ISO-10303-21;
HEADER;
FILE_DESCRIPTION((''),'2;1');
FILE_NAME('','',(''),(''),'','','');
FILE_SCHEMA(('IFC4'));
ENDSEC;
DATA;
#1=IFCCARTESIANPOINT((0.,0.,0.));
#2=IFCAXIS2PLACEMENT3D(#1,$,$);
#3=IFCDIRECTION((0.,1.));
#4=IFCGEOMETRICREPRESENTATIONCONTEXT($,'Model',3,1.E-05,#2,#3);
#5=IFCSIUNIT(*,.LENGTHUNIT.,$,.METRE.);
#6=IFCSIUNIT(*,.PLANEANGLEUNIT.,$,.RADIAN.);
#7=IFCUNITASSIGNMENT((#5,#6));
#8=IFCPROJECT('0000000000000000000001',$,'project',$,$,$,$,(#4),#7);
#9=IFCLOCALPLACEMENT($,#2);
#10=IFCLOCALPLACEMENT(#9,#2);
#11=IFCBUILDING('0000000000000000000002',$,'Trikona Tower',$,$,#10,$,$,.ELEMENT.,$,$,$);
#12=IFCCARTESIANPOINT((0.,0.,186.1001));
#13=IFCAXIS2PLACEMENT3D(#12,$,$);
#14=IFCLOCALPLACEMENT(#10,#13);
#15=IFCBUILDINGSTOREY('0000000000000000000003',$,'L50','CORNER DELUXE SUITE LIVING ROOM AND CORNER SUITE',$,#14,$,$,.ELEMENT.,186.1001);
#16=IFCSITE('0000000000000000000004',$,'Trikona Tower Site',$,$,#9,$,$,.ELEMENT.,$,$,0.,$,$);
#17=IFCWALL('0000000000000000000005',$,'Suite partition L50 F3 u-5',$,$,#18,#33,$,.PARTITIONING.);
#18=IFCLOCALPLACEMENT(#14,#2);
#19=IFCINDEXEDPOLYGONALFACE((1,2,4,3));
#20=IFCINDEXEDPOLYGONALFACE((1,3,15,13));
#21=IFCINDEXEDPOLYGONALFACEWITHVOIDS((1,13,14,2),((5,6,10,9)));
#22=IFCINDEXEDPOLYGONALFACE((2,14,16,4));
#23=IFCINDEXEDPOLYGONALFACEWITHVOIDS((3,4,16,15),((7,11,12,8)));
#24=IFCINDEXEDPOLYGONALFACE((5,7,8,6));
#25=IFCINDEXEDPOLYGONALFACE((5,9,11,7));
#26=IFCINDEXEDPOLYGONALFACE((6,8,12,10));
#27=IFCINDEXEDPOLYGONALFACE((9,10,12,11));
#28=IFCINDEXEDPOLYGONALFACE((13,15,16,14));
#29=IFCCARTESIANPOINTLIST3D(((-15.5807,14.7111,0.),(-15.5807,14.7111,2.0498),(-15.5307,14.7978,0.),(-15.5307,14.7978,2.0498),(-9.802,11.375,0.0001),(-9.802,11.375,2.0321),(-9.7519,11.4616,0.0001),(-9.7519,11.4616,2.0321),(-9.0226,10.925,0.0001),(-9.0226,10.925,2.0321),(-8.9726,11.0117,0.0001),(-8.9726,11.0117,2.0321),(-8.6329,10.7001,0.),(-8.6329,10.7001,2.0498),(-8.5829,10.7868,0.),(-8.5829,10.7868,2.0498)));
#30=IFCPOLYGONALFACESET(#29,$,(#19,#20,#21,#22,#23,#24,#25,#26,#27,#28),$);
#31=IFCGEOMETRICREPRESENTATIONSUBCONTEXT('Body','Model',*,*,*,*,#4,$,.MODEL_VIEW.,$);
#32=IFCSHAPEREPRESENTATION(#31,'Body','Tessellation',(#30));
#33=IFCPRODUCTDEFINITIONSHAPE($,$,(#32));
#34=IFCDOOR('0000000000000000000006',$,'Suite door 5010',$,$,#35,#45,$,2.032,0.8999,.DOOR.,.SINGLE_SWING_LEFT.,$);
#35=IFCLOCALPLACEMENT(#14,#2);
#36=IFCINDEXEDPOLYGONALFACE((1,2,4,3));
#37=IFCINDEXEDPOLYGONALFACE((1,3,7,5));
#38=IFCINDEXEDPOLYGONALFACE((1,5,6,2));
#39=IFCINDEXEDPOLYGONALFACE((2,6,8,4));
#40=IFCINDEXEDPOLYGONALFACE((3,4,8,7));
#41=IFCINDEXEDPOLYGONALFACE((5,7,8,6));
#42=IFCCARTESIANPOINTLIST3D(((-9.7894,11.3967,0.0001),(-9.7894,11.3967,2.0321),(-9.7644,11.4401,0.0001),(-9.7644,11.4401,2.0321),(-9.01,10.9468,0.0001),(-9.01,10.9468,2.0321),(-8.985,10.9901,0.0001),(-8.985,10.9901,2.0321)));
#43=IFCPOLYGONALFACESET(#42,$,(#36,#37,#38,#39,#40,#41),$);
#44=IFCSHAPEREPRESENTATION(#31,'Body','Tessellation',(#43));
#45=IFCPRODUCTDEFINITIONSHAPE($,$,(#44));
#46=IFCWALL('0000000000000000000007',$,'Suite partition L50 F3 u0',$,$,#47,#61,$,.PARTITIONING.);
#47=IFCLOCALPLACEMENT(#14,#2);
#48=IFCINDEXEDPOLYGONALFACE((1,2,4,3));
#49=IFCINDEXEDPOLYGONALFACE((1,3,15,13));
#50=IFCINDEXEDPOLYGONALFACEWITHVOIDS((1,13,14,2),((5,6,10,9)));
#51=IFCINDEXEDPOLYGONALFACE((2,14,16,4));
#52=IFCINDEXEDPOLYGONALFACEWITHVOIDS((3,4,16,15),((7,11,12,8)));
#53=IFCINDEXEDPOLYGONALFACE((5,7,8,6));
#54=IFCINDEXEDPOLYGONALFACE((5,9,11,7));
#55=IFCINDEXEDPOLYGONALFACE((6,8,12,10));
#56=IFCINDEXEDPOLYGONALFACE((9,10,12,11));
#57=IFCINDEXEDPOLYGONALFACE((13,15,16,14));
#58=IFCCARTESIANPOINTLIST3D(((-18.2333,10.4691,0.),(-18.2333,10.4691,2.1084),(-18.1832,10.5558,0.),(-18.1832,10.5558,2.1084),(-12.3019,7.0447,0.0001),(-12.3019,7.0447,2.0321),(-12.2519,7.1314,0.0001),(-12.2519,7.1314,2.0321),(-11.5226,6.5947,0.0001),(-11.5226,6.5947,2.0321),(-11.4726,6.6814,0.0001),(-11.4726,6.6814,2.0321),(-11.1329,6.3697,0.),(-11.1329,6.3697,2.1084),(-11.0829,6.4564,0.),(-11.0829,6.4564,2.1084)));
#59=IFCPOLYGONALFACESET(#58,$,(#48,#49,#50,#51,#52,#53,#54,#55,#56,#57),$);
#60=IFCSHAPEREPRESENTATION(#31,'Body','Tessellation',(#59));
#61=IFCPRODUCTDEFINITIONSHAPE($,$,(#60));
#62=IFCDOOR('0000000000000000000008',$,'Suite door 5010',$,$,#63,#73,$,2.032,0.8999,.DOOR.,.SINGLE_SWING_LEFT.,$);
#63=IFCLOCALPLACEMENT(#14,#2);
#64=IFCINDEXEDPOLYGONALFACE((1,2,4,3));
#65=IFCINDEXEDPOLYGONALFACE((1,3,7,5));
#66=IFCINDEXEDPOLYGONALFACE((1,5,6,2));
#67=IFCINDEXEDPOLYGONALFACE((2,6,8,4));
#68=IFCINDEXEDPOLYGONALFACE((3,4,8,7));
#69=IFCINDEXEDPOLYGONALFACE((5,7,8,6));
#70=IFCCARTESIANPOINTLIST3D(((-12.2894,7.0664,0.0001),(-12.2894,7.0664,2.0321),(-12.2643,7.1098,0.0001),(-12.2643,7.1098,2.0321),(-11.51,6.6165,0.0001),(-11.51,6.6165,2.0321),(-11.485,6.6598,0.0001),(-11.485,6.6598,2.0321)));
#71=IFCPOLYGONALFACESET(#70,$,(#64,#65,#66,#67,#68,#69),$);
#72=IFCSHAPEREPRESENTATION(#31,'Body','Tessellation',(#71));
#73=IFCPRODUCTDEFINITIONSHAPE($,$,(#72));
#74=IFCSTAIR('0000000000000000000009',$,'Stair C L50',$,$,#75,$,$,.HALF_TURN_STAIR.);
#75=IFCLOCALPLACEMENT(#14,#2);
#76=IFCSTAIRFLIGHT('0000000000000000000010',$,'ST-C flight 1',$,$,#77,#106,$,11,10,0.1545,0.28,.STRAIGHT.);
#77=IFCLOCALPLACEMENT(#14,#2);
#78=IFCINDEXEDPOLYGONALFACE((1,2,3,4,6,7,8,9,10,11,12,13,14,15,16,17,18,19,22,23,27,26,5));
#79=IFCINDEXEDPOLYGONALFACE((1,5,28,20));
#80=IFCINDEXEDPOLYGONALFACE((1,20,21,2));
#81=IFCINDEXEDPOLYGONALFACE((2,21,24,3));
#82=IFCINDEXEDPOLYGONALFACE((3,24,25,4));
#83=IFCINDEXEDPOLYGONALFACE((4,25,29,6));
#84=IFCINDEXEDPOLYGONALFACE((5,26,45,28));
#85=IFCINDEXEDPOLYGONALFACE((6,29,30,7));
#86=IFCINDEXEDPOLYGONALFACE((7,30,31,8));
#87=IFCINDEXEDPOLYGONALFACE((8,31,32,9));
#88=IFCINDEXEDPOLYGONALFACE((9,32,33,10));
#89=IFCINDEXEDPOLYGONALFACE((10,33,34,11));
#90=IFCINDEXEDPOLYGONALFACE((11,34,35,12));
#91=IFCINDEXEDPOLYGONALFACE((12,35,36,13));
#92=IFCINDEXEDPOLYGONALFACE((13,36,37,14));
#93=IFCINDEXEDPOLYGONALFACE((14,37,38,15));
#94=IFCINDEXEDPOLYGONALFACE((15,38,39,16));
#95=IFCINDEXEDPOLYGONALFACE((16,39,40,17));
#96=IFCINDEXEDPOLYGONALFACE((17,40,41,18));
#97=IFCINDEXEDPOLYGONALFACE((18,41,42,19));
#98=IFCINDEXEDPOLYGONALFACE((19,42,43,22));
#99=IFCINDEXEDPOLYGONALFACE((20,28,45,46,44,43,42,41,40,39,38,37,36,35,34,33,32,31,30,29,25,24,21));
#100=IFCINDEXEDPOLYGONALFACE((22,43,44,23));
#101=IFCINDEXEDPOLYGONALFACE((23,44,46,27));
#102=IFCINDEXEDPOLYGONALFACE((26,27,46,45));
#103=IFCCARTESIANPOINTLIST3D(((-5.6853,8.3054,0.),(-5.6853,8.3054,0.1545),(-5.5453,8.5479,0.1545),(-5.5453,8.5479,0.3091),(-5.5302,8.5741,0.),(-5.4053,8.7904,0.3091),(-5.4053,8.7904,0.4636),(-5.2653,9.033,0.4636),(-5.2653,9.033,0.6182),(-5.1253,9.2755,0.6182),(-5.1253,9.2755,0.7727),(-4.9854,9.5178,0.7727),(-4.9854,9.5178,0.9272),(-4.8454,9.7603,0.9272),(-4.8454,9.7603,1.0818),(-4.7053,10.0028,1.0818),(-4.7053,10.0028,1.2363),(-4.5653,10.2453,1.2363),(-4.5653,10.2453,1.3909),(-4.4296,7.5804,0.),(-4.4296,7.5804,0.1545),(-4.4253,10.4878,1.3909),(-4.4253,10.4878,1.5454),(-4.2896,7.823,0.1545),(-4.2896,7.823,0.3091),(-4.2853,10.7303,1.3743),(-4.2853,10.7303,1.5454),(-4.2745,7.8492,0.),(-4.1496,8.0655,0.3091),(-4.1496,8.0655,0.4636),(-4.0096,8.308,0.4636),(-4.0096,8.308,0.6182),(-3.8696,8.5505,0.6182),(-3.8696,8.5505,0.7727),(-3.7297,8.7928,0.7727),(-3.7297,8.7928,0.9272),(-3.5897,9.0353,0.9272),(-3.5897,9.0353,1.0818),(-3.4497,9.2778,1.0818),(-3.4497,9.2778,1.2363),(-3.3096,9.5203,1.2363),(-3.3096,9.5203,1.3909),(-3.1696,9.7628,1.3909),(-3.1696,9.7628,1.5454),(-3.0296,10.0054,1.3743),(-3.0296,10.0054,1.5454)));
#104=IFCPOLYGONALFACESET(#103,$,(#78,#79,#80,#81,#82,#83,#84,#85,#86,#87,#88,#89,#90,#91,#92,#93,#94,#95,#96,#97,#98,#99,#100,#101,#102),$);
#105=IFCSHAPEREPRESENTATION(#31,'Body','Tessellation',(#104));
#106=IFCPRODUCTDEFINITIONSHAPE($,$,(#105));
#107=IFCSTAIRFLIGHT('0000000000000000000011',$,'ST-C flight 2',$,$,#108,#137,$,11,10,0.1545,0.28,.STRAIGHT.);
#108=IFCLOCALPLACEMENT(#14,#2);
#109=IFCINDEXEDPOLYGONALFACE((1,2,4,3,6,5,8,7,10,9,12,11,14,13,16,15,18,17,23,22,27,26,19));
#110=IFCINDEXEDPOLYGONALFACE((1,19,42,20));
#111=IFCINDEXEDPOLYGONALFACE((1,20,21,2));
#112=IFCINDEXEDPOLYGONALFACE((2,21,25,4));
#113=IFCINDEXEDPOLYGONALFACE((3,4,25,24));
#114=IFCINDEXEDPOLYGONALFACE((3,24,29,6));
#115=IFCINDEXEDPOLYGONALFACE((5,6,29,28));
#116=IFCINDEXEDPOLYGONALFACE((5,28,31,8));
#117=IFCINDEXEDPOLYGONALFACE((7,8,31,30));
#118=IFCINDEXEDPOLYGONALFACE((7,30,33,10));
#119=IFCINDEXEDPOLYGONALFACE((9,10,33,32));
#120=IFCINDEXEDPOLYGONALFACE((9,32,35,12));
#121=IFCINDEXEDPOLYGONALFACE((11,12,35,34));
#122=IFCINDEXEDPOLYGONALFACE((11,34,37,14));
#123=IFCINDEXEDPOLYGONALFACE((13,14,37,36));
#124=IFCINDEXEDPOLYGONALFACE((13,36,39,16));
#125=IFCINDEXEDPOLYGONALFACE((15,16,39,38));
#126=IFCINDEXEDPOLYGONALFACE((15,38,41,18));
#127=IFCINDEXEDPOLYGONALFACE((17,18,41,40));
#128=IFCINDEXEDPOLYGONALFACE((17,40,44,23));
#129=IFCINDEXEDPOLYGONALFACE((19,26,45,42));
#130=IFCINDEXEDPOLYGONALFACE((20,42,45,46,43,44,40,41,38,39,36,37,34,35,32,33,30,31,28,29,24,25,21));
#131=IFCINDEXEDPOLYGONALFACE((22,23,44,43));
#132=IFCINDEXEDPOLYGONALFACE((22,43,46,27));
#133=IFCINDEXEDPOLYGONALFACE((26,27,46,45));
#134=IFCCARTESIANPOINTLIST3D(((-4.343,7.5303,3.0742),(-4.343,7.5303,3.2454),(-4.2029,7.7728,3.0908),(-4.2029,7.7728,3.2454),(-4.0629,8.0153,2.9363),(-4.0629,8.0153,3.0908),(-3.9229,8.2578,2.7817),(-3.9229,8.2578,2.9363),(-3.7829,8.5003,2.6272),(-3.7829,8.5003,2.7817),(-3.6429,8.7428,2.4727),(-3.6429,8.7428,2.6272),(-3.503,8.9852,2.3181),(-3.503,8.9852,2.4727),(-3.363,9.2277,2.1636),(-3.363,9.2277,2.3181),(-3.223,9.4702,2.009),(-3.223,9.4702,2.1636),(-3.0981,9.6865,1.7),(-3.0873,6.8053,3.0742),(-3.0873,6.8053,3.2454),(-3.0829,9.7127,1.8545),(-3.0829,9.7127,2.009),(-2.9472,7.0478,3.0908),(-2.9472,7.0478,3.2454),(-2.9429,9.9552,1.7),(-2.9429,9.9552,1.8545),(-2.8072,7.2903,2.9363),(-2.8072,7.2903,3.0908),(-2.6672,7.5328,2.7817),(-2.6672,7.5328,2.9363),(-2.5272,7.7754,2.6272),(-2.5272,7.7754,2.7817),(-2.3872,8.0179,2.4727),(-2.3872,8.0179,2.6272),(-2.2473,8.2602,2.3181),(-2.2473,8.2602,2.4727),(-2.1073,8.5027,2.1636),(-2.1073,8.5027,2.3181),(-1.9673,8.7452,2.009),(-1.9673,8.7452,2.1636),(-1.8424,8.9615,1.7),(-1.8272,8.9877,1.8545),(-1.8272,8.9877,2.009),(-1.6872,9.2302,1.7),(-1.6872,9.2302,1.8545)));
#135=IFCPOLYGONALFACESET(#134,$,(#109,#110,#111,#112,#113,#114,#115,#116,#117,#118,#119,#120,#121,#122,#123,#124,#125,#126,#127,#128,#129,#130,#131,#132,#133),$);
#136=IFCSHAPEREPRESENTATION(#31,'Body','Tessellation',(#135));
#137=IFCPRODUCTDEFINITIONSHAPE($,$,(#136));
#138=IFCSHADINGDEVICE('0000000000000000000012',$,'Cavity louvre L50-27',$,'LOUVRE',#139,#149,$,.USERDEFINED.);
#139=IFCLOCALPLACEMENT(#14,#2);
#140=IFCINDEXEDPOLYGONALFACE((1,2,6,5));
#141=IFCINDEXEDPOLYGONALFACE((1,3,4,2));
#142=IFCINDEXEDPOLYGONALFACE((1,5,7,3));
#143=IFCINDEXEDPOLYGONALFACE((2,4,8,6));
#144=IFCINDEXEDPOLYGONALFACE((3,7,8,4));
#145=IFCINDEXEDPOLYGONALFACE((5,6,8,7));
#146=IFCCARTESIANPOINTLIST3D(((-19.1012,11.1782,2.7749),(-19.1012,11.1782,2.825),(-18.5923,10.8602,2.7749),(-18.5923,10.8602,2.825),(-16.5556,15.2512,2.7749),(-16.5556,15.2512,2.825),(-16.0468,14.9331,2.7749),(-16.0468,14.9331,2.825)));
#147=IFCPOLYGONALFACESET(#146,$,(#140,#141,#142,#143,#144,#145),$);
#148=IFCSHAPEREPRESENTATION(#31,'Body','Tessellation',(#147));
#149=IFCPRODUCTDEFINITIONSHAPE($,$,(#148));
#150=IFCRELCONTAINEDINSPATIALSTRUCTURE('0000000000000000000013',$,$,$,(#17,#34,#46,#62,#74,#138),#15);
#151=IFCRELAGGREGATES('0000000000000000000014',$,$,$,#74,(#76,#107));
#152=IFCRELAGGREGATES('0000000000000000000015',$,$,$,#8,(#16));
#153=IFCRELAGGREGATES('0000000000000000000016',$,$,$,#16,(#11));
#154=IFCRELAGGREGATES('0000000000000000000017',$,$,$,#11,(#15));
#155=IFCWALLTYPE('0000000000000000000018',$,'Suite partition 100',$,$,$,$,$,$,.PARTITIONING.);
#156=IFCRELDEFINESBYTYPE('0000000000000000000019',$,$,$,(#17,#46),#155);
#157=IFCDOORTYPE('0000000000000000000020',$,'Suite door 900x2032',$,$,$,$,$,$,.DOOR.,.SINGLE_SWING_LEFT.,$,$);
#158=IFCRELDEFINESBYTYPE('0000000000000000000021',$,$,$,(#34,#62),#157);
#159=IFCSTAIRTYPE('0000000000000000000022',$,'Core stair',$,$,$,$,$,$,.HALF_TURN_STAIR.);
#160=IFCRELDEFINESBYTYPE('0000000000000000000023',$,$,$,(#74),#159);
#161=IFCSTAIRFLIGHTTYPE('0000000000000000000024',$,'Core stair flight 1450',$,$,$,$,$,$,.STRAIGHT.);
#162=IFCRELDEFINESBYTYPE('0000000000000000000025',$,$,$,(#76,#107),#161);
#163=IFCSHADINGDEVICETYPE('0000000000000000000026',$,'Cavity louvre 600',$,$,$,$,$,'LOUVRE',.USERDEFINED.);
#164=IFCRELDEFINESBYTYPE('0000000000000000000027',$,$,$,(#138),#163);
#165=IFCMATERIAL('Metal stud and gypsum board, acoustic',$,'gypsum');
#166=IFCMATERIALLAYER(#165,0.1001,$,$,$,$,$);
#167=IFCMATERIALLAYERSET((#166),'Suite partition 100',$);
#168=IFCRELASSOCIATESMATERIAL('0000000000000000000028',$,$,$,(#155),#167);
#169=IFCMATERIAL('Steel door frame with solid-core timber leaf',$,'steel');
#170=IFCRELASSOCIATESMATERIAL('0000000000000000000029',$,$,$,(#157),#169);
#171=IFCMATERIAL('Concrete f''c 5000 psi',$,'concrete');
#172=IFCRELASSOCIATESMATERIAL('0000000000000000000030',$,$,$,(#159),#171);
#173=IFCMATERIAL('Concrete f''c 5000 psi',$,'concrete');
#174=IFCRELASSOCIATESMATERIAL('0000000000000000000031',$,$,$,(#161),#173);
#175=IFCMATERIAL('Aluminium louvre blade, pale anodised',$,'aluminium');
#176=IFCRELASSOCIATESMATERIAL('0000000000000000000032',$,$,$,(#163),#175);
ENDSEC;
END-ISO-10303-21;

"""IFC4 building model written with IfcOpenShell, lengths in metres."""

from ifc_helpers import new_model, si_unit, direction, frame, frame_2d, origin, origin_2d, place, context, subcontext, project, spatial, polyline, rectangle, outline, extrude, material, layer, layer_set, type_object, element, fill, aggregate, save


model = new_model("IFC4")

# Units and contexts
model_context = context("Model", 3, precision=1e-05, world=origin(), true_north=direction((0.0, 1.0)))
body_context = subcontext(model_context, "Body", "Model", "MODEL_VIEW")
ifc_project = project(units=[si_unit("LENGTHUNIT", "METRE"), si_unit("PLANEANGLEUNIT", "RADIAN")], contexts=[model_context])

# Site, building, storey
site_placement = place(None, origin())
site = spatial("IfcSite", under=ifc_project, at=site_placement, Name="Trikona Tower Site", CompositionType="ELEMENT", RefElevation=0.0)
building_placement = place(site_placement, origin())
building = spatial("IfcBuilding", under=site, at=building_placement, Name="Trikona Tower", CompositionType="ELEMENT")
storey_placement = place(building_placement, frame((0.0, 0.0, 186.1001)))
storey = spatial("IfcBuildingStorey", under=building, at=storey_placement, Name="L50", Description="CORNER DELUXE SUITE LIVING ROOM AND CORNER SUITE", CompositionType="ELEMENT", Elevation=186.1001)

# Walls, openings, doors
ifc_material_1 = material(Name="Metal stud and gypsum board, acoustic", Category="gypsum")
ifc_layer_1 = layer(ifc_material_1, 0.1001)
ifc_layer_set_1 = layer_set([ifc_layer_1], Name="Suite partition 100")
wall_type_1 = type_object("IfcWallType", Name="Suite partition 100", PredefinedType="PARTITIONING", material=ifc_layer_set_1)
wall_1_placement = place(storey_placement, frame((-8.6079, 10.7434, 0.0), z_axis=(0.0, 0.0, 1.0), x_axis=(-0.866042, 0.499972, 0.0)))
wall_1 = element("IfcWall", 1, at=wall_1_placement, inside=storey, type_object=wall_type_1, Name="Suite partition L50 F3 u-5", PredefinedType="PARTITIONING", context=body_context, shape_type="SweptSolid", body=[
    extrude(rectangle(XDim=8.0225, YDim=0.1001, at=frame_2d((4.0112, 0.0))), origin(), (0.0, 0.0, 1.0), 2.0498),
])
opening_1_placement = place(wall_1_placement, frame((0.45, 0.0, 0.0)))
opening_1 = element("IfcOpeningElement", 2, at=opening_1_placement, cuts=wall_1, PredefinedType="OPENING", context=body_context, shape_type="SweptSolid", body=[
    extrude(rectangle(XDim=0.8999, YDim=2.032, at=frame_2d((0.45, 1.0161))), frame((0.0, 0.0601, 0.0), z_axis=(0.0, -1.0, 0.0), x_axis=(1.0, 0.0, 0.0)), (0.0, 0.0, 1.0), 0.1201),
])
ifc_material_2 = material(Name="Steel door frame with solid-core timber leaf", Category="steel")
door_type_1 = type_object("IfcDoorType", Name="Suite door 900x2032", OperationType="SINGLE_SWING_LEFT", PredefinedType="DOOR", material=ifc_material_2)
door_1_placement = place(opening_1_placement, origin())
door_1 = element("IfcDoor", 3, at=door_1_placement, inside=storey, type_object=door_type_1, Name="Suite door 5010", OperationType="SINGLE_SWING_LEFT", OverallHeight=2.032, OverallWidth=0.8999, PredefinedType="DOOR", context=body_context, shape_type="SweptSolid", body=[
    extrude(rectangle(XDim=0.8999, YDim=2.032, at=frame_2d((0.45, 1.0161))), frame((0.0, 0.0249, 0.0), z_axis=(0.0, -1.0, 0.0), x_axis=(1.0, 0.0, 0.0)), (0.0, 0.0, 1.0), 0.05),
])
fill(opening_1, door_1)
wall_2_placement = place(storey_placement, frame((-11.1079, 6.4131, 0.0), z_axis=(0.0, 0.0, 1.0), x_axis=(-0.866026, 0.499998, 0.0)))
wall_2 = element("IfcWall", 4, at=wall_2_placement, inside=storey, type_object=wall_type_1, Name="Suite partition L50 F3 u0", PredefinedType="PARTITIONING", context=body_context, shape_type="SweptSolid", body=[
    extrude(rectangle(XDim=8.1987, YDim=0.1001, at=frame_2d((4.0994, 0.0))), origin(), (0.0, 0.0, 1.0), 2.1084),
])
opening_2_placement = place(wall_2_placement, frame((0.45, 0.0, 0.0)))
opening_2 = element("IfcOpeningElement", 5, at=opening_2_placement, cuts=wall_2, PredefinedType="OPENING", context=body_context, shape_type="SweptSolid", body=[
    extrude(rectangle(XDim=0.8999, YDim=2.032, at=frame_2d((0.45, 1.0161))), frame((0.0, 0.0601, 0.0), z_axis=(0.0, -1.0, 0.0), x_axis=(1.0, 0.0, 0.0)), (0.0, 0.0, 1.0), 0.1201),
])
door_2_placement = place(opening_2_placement, origin())
door_2 = element("IfcDoor", 6, at=door_2_placement, inside=storey, type_object=door_type_1, Name="Suite door 5010", OperationType="SINGLE_SWING_LEFT", OverallHeight=2.032, OverallWidth=0.8999, PredefinedType="DOOR", context=body_context, shape_type="SweptSolid", body=[
    extrude(rectangle(XDim=0.8999, YDim=2.032, at=frame_2d((0.45, 1.0161))), frame((0.0, 0.0249, 0.0), z_axis=(0.0, -1.0, 0.0), x_axis=(1.0, 0.0, 0.0)), (0.0, 0.0, 1.0), 0.05),
])
fill(opening_2, door_2)

# Stair, stair flights
ifc_material_3 = material(Name="Concrete f'c 5000 psi", Category="concrete")
stair_type = type_object("IfcStairType", Name="Core stair", PredefinedType="HALF_TURN_STAIR", material=ifc_material_3)
stair_placement = place(storey_placement, origin())
stair = element("IfcStair", 7, at=stair_placement, inside=storey, type_object=stair_type, Name="Stair C L50", PredefinedType="HALF_TURN_STAIR")
ifc_material_4 = material(Name="Concrete f'c 5000 psi", Category="concrete")
stair_flight_type = type_object("IfcStairFlightType", Name="Core stair flight 1450", PredefinedType="STRAIGHT", material=ifc_material_4)
stair_flight_1_placement = place(storey_placement, frame((-5.0574, 7.9429, 0.0), z_axis=(0.0, 0.0, 1.0), x_axis=(0.5, 0.866025, 0.0)))
stair_flight_1 = element("IfcStairFlight", 8, at=stair_flight_1_placement, type_object=stair_flight_type, Name="ST-C flight 1", NumberOfRisers=11, NumberOfTreads=10, PredefinedType="STRAIGHT", RiserHeight=0.1545, TreadLength=0.28, context=body_context, shape_type="SweptSolid", body=[
    extrude(outline(polyline([(0.0, 0.0), (0.0, 0.1545), (0.28, 0.1545), (0.28, 0.3091), (0.5601, 0.3091), (0.5601, 0.4636), (0.8401, 0.4636), (0.8401, 0.6182), (1.1201, 0.6182), (1.1201, 0.7727), (1.3999, 0.7727), (1.3999, 0.9272), (1.6799, 0.9272), (1.6799, 1.0818), (1.96, 1.0818), (1.96, 1.2363), (2.24, 1.2363), (2.24, 1.3909), (2.52, 1.3909), (2.52, 1.5454), (2.8, 1.5454), (2.8, 1.7), (2.8, 1.3743), (0.3103, 0.0), (0.0, 0.0)])), frame((0.0, 0.7251, 0.0), z_axis=(0.0, -1.0, 0.0), x_axis=(1.0, 0.0, 0.0)), (0.0, 0.0, 1.0), 1.45),
])
stair_flight_2_placement = place(storey_placement, frame((-2.3152, 9.5928, 1.7), z_axis=(0.0, 0.0, 1.0), x_axis=(-0.5, -0.866025, 0.0)))
stair_flight_2 = element("IfcStairFlight", 9, at=stair_flight_2_placement, type_object=stair_flight_type, Name="ST-C flight 2", NumberOfRisers=11, NumberOfTreads=10, PredefinedType="STRAIGHT", RiserHeight=0.1545, TreadLength=0.28, context=body_context, shape_type="SweptSolid", body=[
    extrude(outline(polyline([(0.0, 0.0), (0.0, 0.1545), (0.28, 0.1545), (0.28, 0.3091), (0.5601, 0.3091), (0.5601, 0.4636), (0.8401, 0.4636), (0.8401, 0.6182), (1.1201, 0.6182), (1.1201, 0.7727), (1.3999, 0.7727), (1.3999, 0.9272), (1.6799, 0.9272), (1.6799, 1.0818), (1.96, 1.0818), (1.96, 1.2363), (2.24, 1.2363), (2.24, 1.3909), (2.52, 1.3909), (2.52, 1.5454), (2.8, 1.5454), (2.8, 1.7), (2.8, 1.3743), (0.3103, 0.0), (0.0, 0.0)])), frame((0.0, 0.7251, 0.0), z_axis=(0.0, -1.0, 0.0), x_axis=(1.0, 0.0, 0.0)), (0.0, 0.0, 1.0), 1.45),
])
aggregate(stair, [stair_flight_1, stair_flight_2])

# Shading device
ifc_material_5 = material(Name="Aluminium louvre blade, pale anodised", Category="aluminium")
shading_device_type = type_object("IfcShadingDeviceType", Name="Cavity louvre 600", ElementType="LOUVRE", PredefinedType="USERDEFINED", material=ifc_material_5)
shading_device_placement = place(storey_placement, frame((-17.574, 13.0557, 2.7749), z_axis=(0.0, 0.0, 1.0), x_axis=(-0.529995, -0.848001, 0.0)))
element("IfcShadingDevice", 10, at=shading_device_placement, inside=storey, type_object=shading_device_type, Name="Cavity louvre L50-27", ObjectType="LOUVRE", PredefinedType="USERDEFINED", context=body_context, shape_type="SweptSolid", body=[
    extrude(rectangle(XDim=4.803, YDim=0.6001, at=origin_2d()), origin(), (0.0, 0.0, 1.0), 0.05),
])

save(model, "model.ifc")
